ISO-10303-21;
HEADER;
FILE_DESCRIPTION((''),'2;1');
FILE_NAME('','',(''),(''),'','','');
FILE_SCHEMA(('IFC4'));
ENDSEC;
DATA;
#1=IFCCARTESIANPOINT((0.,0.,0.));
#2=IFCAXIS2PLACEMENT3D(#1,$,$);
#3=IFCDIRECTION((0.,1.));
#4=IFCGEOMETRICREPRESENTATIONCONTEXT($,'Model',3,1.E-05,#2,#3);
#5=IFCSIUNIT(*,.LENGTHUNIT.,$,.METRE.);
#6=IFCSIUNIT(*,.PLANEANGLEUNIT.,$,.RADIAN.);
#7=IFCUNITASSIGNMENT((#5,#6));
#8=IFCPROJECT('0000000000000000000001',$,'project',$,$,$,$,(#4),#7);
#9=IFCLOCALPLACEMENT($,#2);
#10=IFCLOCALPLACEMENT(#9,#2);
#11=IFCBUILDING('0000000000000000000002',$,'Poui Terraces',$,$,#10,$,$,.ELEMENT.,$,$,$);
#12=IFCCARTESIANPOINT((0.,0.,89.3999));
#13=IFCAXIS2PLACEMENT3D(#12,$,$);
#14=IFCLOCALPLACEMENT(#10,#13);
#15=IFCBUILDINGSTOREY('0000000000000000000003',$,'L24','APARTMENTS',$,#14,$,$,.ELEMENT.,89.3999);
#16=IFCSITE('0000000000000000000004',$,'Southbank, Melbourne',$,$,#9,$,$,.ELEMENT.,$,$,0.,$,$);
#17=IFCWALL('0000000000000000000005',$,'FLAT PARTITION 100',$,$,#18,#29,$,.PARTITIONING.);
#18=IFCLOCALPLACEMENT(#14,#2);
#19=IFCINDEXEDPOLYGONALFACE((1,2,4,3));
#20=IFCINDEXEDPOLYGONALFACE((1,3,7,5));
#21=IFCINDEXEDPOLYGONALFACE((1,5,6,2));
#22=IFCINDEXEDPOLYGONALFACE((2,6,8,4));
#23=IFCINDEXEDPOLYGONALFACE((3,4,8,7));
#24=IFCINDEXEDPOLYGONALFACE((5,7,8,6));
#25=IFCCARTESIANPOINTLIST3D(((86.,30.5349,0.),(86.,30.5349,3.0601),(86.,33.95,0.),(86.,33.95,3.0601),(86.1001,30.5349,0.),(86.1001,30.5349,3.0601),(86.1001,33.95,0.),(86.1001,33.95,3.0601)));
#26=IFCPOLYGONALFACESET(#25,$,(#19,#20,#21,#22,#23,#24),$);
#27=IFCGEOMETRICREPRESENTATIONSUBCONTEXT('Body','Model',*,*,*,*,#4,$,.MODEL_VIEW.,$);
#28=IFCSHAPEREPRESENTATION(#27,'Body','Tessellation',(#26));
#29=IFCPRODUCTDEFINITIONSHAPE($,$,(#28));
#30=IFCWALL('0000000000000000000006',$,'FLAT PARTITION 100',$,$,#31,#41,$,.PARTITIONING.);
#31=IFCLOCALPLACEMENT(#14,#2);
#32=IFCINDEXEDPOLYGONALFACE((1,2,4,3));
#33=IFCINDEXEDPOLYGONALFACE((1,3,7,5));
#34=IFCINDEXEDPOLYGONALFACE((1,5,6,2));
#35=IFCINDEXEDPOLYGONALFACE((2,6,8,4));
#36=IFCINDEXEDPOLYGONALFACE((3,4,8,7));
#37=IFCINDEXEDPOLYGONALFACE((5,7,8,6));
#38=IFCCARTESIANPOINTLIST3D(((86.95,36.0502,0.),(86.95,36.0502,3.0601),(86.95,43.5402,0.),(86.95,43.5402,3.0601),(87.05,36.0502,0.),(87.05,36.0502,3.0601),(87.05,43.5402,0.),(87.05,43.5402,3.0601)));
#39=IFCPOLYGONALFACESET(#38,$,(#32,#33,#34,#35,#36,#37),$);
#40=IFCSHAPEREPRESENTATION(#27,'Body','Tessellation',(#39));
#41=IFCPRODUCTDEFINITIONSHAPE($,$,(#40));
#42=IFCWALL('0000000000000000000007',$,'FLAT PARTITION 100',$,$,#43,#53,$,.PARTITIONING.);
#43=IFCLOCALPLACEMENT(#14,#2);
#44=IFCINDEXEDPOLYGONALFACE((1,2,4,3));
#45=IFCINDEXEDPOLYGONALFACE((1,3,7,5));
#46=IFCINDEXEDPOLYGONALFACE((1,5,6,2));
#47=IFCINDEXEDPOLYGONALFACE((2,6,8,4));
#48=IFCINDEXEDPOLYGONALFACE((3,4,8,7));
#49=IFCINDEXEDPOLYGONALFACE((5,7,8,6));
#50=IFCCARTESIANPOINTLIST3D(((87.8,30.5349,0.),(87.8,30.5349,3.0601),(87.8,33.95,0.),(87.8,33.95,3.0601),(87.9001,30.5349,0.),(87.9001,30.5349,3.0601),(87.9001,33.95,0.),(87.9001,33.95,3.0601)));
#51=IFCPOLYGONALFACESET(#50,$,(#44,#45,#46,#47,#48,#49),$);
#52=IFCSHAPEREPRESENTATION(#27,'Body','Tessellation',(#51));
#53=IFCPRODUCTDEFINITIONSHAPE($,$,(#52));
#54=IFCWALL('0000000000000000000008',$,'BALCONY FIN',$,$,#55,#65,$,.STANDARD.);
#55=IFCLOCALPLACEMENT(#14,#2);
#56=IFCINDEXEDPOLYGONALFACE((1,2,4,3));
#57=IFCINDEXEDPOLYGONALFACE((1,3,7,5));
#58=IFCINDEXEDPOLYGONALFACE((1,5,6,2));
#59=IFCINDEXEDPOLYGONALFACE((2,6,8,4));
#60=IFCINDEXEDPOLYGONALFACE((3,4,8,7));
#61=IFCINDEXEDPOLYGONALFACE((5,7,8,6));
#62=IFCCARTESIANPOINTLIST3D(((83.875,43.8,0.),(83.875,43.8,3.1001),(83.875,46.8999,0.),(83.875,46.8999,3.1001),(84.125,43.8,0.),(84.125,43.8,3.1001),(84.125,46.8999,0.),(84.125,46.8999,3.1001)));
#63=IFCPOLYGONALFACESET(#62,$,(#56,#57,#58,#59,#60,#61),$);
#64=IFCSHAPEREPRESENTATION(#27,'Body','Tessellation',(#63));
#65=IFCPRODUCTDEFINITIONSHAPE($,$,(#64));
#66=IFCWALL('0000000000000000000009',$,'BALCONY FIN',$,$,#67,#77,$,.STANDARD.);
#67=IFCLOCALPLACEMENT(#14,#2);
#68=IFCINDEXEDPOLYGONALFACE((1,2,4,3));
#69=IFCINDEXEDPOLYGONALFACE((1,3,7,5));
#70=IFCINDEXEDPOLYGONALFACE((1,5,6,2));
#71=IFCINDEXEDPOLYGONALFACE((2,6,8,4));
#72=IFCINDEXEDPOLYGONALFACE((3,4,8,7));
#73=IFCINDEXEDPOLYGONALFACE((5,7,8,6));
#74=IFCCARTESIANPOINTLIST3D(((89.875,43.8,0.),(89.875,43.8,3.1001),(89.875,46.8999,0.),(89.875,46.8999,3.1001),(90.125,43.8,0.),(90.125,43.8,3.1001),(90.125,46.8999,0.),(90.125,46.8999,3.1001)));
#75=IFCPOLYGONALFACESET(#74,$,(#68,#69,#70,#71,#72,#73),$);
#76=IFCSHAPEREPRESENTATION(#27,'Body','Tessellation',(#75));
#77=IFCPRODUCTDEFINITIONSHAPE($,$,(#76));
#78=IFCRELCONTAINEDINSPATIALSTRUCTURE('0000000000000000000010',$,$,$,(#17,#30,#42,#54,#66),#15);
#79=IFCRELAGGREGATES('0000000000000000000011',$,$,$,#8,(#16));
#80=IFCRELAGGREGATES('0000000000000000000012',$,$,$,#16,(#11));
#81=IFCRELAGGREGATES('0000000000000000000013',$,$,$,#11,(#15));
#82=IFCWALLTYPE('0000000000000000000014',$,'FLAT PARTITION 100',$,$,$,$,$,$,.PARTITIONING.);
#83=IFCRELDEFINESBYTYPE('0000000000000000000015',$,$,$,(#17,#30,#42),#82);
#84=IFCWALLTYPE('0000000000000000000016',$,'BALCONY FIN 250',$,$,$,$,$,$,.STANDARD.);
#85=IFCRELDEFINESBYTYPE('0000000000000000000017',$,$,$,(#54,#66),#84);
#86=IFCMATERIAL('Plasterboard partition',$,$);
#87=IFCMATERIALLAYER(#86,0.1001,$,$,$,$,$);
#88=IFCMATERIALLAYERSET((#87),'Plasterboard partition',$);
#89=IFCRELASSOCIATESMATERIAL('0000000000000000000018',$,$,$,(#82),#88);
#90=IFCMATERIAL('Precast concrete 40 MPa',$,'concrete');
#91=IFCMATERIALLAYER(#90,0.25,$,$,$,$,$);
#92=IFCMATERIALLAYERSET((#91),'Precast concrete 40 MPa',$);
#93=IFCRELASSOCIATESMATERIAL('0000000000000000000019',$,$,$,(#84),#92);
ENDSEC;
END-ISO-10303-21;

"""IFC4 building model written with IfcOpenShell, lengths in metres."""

from ifc_helpers import new_model, si_unit, direction, frame, frame_2d, origin, place, context, subcontext, project, spatial, polyline, rectangle, outline, extrude, source, transform, mapped, material, layer, layer_set, type_object, element, save


model = new_model("IFC4")

# Units and contexts
model_context = context("Model", 3, precision=1e-05, world=origin(), true_north=direction((0.0, 1.0)))
body_context = subcontext(model_context, "Body", "Model", "MODEL_VIEW")
ifc_project = project(units=[si_unit("LENGTHUNIT", "METRE"), si_unit("PLANEANGLEUNIT", "RADIAN")], contexts=[model_context])

# Site, building, storey
site_placement = place(None, origin())
site = spatial("IfcSite", under=ifc_project, at=site_placement, Name="Southbank, Melbourne", CompositionType="ELEMENT", RefElevation=0.0)
building_placement = place(site_placement, origin())
building = spatial("IfcBuilding", under=site, at=building_placement, Name="Poui Terraces", CompositionType="ELEMENT")
storey_placement = place(building_placement, frame((0.0, 0.0, 89.3999)))
storey = spatial("IfcBuildingStorey", under=building, at=storey_placement, Name="L24", Description="APARTMENTS", CompositionType="ELEMENT", Elevation=89.3999)

# Shared definitions
ifc_material_1 = material(Name="Plasterboard partition")
ifc_layer_1 = layer(ifc_material_1, 0.1001)
ifc_layer_set_1 = layer_set([ifc_layer_1], Name="Plasterboard partition")
wall_type_1 = type_object("IfcWallType", Name="FLAT PARTITION 100", PredefinedType="PARTITIONING", material=ifc_layer_set_1)

# Walls
wall_1_placement = place(storey_placement, frame((86.05, 30.5349, 0.0), z_axis=(0.0, 0.0, 1.0), x_axis=(0.0, 1.0, 0.0)))
element("IfcWall", 1, at=wall_1_placement, inside=storey, type_object=wall_type_1, Name="FLAT PARTITION 100", PredefinedType="PARTITIONING", context=body_context, shape_type="SweptSolid", body=[
    extrude(rectangle(XDim=3.415, YDim=0.1001, at=frame_2d((1.7075, 0.0))), origin(), (0.0, 0.0, 1.0), 3.0601),
])
wall_2_placement = place(storey_placement, frame((87.0, 36.05, 0.0), z_axis=(0.0, 0.0, 1.0), x_axis=(0.0, 1.0, 0.0)))
element("IfcWall", 2, at=wall_2_placement, inside=storey, type_object=wall_type_1, Name="FLAT PARTITION 100", PredefinedType="PARTITIONING", context=body_context, shape_type="SweptSolid", body=[
    extrude(rectangle(XDim=7.49, YDim=0.1001, at=frame_2d((3.7451, 0.0))), origin(), (0.0, 0.0, 1.0), 3.0601),
])
wall_3_placement = place(storey_placement, frame((87.8501, 30.5349, 0.0), z_axis=(0.0, 0.0, 1.0), x_axis=(0.0, 1.0, 0.0)))
element("IfcWall", 3, at=wall_3_placement, inside=storey, type_object=wall_type_1, Name="FLAT PARTITION 100", PredefinedType="PARTITIONING", context=body_context, shape_type="SweptSolid", body=[
    extrude(rectangle(XDim=3.415, YDim=0.1001, at=frame_2d((1.7075, 0.0))), origin(), (0.0, 0.0, 1.0), 3.0601),
])
ifc_material_2 = material(Name="Precast concrete 40 MPa", Category="concrete")
ifc_layer_2 = layer(ifc_material_2, 0.25)
ifc_layer_set_2 = layer_set([ifc_layer_2], Name="Precast concrete 40 MPa")
wall_type_2 = type_object("IfcWallType", Name="BALCONY FIN 250", PredefinedType="STANDARD", material=ifc_layer_set_2)
shared_shape_1 = source(origin(), body_context, "Body", "SweptSolid", [
    extrude(outline(polyline([(0.0, 0.0), (0.25, 0.0), (0.25, 3.0999), (0.0, 3.0999), (0.0, 0.0)])), origin(), (0.0, 0.0, 1.0), 3.1001),
])
for number, where, name in (
    (4, (83.875, 43.8, 0.0), "BALCONY FIN"),
    (5, (89.875, 43.8, 0.0), "BALCONY FIN"),
):
    element("IfcWall", number, at=place(storey_placement, frame(where)), inside=storey, type_object=wall_type_2, Name=name, PredefinedType="STANDARD", context=body_context, shape_type="MappedRepresentation", body=[
        mapped(shared_shape_1, transform((0.0, 0.0, 0.0))),
    ])

save(model, "model.ifc")
